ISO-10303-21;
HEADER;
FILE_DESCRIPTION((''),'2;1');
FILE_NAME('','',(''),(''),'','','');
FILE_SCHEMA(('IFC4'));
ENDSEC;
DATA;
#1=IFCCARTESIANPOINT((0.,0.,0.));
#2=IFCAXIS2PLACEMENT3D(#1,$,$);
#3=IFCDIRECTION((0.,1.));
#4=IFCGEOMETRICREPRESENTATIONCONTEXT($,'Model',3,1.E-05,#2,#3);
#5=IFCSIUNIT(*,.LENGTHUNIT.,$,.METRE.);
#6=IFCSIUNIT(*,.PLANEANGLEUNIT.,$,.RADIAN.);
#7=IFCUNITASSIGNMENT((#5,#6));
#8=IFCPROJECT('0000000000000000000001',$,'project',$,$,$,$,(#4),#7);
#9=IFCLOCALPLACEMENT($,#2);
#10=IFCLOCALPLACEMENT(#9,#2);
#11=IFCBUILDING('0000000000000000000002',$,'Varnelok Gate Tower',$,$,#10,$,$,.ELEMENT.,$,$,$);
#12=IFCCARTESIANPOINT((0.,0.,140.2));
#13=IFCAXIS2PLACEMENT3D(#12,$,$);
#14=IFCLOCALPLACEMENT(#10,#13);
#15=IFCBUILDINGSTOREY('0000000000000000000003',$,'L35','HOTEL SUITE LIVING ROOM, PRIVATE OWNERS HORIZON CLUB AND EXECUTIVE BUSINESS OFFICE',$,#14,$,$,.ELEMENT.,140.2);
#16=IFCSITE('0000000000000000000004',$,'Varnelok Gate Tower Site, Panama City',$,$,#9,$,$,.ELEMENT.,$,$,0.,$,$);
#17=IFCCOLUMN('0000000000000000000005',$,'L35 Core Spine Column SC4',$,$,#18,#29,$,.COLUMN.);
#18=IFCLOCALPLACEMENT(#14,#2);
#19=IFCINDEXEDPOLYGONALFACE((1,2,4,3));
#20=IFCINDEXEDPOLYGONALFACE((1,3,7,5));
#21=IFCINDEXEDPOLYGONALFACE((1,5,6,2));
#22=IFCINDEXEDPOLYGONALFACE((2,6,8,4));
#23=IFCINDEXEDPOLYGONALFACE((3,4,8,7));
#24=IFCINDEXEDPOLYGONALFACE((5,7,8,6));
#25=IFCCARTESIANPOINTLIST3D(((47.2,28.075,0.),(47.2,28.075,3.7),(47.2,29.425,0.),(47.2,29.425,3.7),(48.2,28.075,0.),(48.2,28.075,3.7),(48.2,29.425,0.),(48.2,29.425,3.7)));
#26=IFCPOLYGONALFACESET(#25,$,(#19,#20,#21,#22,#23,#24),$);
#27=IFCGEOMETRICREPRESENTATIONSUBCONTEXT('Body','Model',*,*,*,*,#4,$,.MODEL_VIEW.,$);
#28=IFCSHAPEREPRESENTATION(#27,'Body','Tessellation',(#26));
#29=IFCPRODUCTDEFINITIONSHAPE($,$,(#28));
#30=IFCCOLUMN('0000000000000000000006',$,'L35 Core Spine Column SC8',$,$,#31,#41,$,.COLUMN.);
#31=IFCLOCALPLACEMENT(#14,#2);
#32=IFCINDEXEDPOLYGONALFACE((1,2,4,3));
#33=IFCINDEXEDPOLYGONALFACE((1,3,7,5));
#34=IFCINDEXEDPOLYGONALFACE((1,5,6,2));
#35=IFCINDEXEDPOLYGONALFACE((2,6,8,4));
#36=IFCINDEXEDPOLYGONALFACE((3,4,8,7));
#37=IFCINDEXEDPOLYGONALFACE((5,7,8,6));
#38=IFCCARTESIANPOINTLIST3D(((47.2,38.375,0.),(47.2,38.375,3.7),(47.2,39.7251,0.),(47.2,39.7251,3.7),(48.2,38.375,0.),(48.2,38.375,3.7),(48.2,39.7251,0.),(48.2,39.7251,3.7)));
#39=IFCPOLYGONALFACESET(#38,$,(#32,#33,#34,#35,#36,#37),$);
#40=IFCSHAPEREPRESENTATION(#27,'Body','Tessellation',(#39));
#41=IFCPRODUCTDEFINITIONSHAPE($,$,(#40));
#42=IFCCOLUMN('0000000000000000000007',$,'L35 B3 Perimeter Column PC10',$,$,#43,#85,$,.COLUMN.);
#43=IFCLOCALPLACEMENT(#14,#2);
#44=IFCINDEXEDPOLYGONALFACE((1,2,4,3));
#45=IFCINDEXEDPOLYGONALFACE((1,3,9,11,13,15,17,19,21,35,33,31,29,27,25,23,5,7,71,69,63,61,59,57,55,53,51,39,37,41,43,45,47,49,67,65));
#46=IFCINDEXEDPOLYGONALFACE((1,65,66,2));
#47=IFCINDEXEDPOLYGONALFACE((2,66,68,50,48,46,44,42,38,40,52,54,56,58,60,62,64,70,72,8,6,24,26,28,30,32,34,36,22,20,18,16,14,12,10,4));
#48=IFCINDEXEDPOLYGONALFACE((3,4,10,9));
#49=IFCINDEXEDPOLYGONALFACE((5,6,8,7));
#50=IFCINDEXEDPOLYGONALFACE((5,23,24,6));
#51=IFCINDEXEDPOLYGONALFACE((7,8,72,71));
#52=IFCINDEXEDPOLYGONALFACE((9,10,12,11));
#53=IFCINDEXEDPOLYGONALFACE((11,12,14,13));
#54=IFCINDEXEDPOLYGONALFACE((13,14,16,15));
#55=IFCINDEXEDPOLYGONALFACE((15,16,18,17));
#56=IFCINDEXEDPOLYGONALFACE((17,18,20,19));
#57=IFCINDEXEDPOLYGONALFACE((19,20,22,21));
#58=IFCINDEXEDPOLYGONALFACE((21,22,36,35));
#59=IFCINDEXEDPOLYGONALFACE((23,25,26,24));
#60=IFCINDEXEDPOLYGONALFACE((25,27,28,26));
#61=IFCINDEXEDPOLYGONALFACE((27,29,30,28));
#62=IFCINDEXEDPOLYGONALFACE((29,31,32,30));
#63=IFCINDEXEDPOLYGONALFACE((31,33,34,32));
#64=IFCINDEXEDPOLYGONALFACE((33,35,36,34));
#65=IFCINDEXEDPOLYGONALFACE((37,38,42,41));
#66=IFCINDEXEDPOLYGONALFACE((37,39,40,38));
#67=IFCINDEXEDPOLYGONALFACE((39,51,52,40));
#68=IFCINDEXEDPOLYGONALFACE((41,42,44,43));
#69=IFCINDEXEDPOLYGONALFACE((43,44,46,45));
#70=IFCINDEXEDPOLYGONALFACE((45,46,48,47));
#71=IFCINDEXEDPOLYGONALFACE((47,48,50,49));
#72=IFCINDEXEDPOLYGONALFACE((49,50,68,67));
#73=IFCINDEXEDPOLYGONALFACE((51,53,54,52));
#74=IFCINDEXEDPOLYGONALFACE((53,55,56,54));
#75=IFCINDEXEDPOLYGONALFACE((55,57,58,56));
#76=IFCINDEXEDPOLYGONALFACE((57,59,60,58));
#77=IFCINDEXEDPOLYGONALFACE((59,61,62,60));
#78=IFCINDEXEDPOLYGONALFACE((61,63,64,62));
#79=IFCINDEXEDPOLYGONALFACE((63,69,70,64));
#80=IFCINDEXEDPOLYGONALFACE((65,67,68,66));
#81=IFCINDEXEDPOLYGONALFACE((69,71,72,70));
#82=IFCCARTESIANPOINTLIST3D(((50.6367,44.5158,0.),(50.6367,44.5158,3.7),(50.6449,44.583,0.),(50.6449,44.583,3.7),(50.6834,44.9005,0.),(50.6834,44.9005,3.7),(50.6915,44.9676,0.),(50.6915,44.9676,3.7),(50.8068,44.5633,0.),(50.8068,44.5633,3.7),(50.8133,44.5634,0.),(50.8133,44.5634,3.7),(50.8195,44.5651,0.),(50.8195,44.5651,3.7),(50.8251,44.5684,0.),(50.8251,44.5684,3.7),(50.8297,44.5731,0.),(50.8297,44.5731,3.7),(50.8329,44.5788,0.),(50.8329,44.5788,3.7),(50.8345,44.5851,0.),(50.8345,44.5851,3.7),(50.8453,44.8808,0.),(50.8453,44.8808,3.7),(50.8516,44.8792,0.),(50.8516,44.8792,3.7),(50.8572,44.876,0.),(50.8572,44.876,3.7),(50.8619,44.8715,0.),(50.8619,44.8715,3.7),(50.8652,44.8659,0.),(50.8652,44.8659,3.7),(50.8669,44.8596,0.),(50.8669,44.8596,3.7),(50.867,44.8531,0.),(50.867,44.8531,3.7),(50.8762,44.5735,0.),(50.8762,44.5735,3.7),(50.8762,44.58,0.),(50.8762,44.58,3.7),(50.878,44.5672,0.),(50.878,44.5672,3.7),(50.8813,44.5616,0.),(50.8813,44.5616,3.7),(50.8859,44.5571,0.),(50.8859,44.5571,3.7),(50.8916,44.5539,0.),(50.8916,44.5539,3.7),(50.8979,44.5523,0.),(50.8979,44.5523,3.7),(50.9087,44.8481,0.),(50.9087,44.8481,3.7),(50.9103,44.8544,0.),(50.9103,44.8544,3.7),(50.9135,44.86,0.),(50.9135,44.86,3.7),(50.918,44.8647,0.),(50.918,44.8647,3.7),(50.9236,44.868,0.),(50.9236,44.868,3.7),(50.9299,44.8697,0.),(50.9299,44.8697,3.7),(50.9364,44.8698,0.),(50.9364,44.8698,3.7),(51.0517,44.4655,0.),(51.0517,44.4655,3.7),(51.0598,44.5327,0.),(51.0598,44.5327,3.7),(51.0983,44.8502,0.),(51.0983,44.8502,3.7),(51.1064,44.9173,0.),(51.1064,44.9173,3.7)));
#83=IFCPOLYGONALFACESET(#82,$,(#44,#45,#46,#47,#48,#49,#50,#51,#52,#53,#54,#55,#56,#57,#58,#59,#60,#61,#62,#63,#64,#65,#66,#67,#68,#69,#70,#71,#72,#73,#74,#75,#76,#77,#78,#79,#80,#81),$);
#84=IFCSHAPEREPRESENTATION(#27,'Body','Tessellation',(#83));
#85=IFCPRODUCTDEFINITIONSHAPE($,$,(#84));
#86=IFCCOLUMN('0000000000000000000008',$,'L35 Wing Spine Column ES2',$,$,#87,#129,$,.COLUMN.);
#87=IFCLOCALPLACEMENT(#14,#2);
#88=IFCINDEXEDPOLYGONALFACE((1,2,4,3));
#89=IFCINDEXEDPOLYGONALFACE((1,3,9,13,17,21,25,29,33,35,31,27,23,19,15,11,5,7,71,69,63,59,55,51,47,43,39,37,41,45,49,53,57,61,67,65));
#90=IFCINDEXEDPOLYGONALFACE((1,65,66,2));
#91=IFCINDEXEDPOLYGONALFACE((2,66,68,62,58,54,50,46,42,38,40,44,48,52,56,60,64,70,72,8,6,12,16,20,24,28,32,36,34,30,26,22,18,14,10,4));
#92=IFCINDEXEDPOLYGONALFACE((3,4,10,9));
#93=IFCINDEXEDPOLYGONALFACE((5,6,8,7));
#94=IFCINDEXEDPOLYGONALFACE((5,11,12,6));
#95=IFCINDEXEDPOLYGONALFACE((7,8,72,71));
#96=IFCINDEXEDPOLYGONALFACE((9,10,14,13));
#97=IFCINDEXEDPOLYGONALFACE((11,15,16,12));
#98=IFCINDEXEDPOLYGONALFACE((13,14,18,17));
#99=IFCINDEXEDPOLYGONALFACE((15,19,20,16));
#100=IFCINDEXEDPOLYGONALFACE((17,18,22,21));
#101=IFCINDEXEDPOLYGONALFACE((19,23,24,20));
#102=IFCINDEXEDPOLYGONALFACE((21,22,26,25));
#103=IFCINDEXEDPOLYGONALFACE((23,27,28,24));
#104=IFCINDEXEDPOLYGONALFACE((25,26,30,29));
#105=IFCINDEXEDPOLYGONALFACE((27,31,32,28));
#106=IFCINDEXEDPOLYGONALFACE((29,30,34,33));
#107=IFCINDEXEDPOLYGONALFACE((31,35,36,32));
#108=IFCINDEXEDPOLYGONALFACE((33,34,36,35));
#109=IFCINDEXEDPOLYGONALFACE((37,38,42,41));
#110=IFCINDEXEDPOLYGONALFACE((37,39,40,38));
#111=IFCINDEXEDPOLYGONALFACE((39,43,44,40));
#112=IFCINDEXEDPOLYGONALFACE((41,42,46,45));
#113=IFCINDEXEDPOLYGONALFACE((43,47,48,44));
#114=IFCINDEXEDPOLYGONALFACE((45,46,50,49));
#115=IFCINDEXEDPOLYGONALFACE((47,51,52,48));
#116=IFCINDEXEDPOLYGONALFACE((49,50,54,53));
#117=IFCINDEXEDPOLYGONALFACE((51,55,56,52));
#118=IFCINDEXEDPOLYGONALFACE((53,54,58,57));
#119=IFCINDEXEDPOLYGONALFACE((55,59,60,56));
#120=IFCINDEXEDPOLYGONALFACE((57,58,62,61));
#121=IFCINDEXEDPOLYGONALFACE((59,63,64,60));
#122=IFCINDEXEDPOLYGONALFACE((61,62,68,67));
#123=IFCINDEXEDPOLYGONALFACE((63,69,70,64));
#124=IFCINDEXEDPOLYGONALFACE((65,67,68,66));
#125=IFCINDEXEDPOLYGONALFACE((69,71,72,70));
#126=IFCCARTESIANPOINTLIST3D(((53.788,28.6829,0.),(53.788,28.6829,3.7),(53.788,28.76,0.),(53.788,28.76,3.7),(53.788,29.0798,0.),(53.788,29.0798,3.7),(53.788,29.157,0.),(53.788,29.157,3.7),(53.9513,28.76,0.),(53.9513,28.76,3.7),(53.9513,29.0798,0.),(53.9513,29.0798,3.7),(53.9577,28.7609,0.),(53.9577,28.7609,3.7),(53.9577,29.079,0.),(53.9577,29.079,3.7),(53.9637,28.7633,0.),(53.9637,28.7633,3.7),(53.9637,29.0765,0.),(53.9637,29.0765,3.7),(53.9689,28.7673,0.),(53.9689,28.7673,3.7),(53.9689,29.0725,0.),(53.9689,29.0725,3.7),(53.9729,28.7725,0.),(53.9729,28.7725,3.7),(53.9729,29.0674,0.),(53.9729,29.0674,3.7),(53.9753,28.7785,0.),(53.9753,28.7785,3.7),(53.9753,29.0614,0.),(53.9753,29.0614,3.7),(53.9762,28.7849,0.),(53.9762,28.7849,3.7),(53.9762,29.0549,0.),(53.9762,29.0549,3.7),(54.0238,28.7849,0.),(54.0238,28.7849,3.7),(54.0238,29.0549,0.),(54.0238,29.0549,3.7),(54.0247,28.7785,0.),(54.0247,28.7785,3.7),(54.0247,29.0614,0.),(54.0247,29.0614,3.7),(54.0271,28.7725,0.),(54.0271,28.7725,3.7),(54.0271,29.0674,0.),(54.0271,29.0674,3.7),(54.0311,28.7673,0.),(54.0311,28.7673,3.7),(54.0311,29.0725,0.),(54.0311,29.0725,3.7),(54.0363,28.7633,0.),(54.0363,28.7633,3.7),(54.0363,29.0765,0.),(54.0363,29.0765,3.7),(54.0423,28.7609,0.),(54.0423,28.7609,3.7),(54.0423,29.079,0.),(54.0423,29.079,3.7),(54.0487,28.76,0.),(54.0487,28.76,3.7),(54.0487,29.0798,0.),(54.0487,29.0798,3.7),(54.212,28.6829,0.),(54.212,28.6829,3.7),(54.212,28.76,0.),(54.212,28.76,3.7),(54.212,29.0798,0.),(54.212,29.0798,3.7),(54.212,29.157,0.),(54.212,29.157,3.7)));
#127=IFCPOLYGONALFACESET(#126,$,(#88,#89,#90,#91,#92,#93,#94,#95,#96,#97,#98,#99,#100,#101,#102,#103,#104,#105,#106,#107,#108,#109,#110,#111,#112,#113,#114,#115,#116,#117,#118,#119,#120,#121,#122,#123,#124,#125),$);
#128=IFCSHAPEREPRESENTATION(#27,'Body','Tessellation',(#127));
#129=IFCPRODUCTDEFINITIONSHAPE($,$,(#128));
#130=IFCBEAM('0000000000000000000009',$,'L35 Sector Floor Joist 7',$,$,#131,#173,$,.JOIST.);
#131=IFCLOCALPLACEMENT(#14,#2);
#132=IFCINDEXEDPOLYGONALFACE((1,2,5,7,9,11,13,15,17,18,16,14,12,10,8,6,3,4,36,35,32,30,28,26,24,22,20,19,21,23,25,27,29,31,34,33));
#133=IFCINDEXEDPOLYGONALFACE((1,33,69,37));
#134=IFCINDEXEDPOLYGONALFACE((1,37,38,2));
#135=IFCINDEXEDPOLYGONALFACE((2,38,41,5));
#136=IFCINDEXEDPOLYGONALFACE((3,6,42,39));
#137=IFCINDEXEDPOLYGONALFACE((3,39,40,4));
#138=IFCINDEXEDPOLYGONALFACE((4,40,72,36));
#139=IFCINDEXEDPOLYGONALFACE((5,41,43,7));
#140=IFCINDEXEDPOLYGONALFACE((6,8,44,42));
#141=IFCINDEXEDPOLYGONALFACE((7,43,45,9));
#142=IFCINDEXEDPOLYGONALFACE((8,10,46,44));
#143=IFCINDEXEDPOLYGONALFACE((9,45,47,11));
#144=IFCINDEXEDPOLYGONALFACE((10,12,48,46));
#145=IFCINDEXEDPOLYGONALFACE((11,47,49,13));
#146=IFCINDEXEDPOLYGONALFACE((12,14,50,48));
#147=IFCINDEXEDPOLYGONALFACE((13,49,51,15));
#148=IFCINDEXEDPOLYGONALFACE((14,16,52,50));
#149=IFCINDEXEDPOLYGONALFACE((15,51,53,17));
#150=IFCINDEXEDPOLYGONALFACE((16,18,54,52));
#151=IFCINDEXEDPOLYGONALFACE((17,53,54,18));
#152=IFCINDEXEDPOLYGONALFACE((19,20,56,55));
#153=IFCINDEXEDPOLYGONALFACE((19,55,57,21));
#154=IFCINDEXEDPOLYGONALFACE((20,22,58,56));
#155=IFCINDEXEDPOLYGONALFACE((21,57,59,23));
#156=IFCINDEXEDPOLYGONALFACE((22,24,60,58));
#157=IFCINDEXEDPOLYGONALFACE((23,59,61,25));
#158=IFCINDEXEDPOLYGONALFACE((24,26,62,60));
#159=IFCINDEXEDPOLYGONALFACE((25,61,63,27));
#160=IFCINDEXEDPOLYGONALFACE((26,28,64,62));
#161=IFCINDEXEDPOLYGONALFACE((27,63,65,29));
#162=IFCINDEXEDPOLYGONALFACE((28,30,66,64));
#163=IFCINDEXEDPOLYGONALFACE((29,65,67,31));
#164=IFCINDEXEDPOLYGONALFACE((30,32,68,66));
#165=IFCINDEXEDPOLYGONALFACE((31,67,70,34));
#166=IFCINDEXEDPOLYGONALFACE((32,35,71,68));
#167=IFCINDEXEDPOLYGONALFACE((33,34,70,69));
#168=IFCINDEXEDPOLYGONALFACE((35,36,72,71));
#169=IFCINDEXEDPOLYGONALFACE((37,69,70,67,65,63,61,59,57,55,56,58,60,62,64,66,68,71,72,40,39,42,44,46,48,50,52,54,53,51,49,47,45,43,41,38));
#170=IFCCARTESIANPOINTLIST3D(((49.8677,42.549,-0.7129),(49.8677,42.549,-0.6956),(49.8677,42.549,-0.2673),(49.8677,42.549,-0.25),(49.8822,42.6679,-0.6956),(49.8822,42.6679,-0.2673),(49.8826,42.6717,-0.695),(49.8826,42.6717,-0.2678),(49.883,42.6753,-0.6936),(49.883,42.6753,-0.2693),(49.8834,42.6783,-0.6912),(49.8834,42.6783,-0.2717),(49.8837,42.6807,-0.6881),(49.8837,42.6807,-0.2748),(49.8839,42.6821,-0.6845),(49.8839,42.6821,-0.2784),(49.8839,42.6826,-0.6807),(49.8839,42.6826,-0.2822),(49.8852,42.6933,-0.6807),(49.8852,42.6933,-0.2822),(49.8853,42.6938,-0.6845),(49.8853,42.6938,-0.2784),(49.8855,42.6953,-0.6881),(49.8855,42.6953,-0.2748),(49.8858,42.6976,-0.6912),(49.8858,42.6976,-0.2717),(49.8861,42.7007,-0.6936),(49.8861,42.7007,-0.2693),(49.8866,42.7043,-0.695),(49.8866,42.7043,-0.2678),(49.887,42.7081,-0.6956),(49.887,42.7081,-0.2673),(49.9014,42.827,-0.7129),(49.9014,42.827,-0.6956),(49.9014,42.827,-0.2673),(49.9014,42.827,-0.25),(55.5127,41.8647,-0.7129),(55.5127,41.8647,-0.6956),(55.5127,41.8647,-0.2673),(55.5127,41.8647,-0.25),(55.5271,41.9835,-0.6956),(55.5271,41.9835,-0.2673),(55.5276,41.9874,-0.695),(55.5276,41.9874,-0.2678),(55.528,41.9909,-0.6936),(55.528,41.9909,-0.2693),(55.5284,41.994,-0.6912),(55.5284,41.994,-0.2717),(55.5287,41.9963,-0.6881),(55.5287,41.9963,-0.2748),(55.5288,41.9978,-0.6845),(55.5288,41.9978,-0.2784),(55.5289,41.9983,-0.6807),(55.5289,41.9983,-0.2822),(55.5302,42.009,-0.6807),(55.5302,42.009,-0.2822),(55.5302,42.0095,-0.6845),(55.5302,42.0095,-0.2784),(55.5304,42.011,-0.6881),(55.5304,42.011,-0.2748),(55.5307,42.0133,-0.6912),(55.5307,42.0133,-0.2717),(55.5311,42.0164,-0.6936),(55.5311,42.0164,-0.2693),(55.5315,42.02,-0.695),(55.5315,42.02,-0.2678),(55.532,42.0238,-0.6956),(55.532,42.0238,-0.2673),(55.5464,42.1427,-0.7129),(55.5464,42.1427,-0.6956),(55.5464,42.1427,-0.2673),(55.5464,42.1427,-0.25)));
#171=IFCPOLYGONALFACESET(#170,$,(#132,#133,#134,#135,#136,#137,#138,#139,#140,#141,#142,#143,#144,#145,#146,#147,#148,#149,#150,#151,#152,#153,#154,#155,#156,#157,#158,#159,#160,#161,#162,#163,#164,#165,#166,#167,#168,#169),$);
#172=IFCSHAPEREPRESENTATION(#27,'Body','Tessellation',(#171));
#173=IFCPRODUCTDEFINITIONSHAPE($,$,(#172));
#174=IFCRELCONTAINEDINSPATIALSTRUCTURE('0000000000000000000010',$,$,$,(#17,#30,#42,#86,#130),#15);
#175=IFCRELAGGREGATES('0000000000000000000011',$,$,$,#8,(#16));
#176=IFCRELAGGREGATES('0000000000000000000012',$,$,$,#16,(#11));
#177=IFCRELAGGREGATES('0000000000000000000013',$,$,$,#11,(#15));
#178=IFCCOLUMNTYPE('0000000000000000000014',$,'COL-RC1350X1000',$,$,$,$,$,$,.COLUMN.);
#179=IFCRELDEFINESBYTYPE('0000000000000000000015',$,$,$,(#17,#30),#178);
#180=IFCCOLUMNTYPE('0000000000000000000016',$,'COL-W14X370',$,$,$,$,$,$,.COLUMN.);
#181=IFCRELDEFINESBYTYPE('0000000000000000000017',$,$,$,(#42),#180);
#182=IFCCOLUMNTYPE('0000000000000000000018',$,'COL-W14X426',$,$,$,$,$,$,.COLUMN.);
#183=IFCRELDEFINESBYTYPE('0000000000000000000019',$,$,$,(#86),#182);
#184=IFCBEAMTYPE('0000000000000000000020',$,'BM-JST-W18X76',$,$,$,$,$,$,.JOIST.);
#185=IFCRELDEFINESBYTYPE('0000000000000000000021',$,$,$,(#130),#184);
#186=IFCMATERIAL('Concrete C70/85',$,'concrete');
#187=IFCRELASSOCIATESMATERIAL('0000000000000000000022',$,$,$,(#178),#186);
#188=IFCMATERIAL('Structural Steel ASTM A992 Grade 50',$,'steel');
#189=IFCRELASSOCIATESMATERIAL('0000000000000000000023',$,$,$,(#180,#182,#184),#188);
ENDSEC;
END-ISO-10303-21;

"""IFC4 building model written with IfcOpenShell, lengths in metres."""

from ifc_helpers import new_model, si_unit, direction, frame, origin, origin_2d, place, context, subcontext, project, spatial, rectangle, i_section, extrude, material, material_profile, profile_set, type_object, element, save


model = new_model("IFC4")

# Units and contexts
model_context = context("Model", 3, precision=1e-05, world=origin(), true_north=direction((0.0, 1.0)))
body_context = subcontext(model_context, "Body", "Model", "MODEL_VIEW")
ifc_project = project(units=[si_unit("LENGTHUNIT", "METRE"), si_unit("PLANEANGLEUNIT", "RADIAN")], contexts=[model_context])

# Site, building, storey
site_placement = place(None, origin())
site = spatial("IfcSite", under=ifc_project, at=site_placement, Name="Varnelok Gate Tower Site, Panama City", CompositionType="ELEMENT", RefElevation=0.0)
building_placement = place(site_placement, origin())
building = spatial("IfcBuilding", under=site, at=building_placement, Name="Varnelok Gate Tower", CompositionType="ELEMENT")
storey_placement = place(building_placement, frame((0.0, 0.0, 140.2)))
storey = spatial("IfcBuildingStorey", under=building, at=storey_placement, Name="L35", Description="HOTEL SUITE LIVING ROOM, PRIVATE OWNERS HORIZON CLUB AND EXECUTIVE BUSINESS OFFICE", CompositionType="ELEMENT", Elevation=140.2)

# Columns
ifc_material_1 = material(Name="Concrete C70/85", Category="concrete")
ifc_material_profile_1 = material_profile(ifc_material_1, rectangle(XDim=1.0, YDim=1.3501, at=origin_2d()), Name="RC1350X1000")
ifc_profile_set_1 = profile_set([ifc_material_profile_1], Name="Concrete C70/85")
column_type_1 = type_object("IfcColumnType", Name="COL-RC1350X1000", PredefinedType="COLUMN", material=ifc_profile_set_1)
for number, where, z_axis, x_axis, name in (
    (1, (47.7, 28.75, 0.0), (0.0, 0.0, 1.0), (1.0, 0.0, 0.0), "L35 Core Spine Column SC4"),
    (2, (47.7, 39.05, 0.0), (0.0, 0.0, 1.0), (1.0, 0.0, 0.0), "L35 Core Spine Column SC8"),
):
    element("IfcColumn", number, at=place(storey_placement, frame(where, z_axis=z_axis, x_axis=x_axis)), inside=storey, type_object=column_type_1, Name=name, PredefinedType="COLUMN", context=body_context, shape_type="SweptSolid", body=[
        extrude(rectangle(XDim=1.0, YDim=1.3501, at=origin_2d()), origin(), (0.0, 0.0, 1.0), 3.7),
    ])
ifc_material_2 = material(Name="Structural Steel ASTM A992 Grade 50", Category="steel")
ifc_material_profile_2 = material_profile(ifc_material_2, i_section(OverallWidth=0.418, OverallDepth=0.4551, WebThickness=0.042, FlangeThickness=0.0676, FilletRadius=0.0249, at=origin_2d()), Name="W14X370")
ifc_profile_set_2 = profile_set([ifc_material_profile_2], Name="Structural Steel ASTM A992 Grade 50")
column_type_2 = type_object("IfcColumnType", Name="COL-W14X370", PredefinedType="COLUMN", material=ifc_profile_set_2)
column_1_placement = place(storey_placement, frame((50.8716, 44.7166, 0.0), z_axis=(0.0, 0.0, 1.0), x_axis=(0.992732, -0.120345, 0.0)))
element("IfcColumn", 3, at=column_1_placement, inside=storey, type_object=column_type_2, Name="L35 B3 Perimeter Column PC10", PredefinedType="COLUMN", context=body_context, shape_type="SweptSolid", body=[
    extrude(i_section(OverallWidth=0.418, OverallDepth=0.4551, WebThickness=0.042, FlangeThickness=0.0676, FilletRadius=0.0249, at=origin_2d()), origin(), (0.0, 0.0, 1.0), 3.7),
])
ifc_material_profile_3 = material_profile(ifc_material_2, i_section(OverallWidth=0.4241, OverallDepth=0.4741, WebThickness=0.0476, FlangeThickness=0.0771, FilletRadius=0.0249, at=origin_2d()), Name="W14X426")
ifc_profile_set_3 = profile_set([ifc_material_profile_3], Name="Structural Steel ASTM A992 Grade 50")
column_type_3 = type_object("IfcColumnType", Name="COL-W14X426", PredefinedType="COLUMN", material=ifc_profile_set_3)
column_2_placement = place(storey_placement, frame((54.0, 28.9199, 0.0), z_axis=(0.0, 0.0, 1.0), x_axis=(1.0, 0.0, 0.0)))
element("IfcColumn", 4, at=column_2_placement, inside=storey, type_object=column_type_3, Name="L35 Wing Spine Column ES2", PredefinedType="COLUMN", context=body_context, shape_type="SweptSolid", body=[
    extrude(i_section(OverallWidth=0.4241, OverallDepth=0.4741, WebThickness=0.0476, FlangeThickness=0.0771, FilletRadius=0.0249, at=origin_2d()), origin(), (0.0, 0.0, 1.0), 3.7),
])

# Beam
ifc_material_profile_4 = material_profile(ifc_material_2, i_section(OverallWidth=0.28, OverallDepth=0.4629, WebThickness=0.0107, FlangeThickness=0.0173, FilletRadius=0.0149, at=origin_2d()), Name="W18X76")
ifc_profile_set_4 = profile_set([ifc_material_profile_4], Name="Structural Steel ASTM A992 Grade 50")
beam_type_1 = type_object("IfcBeamType", Name="BM-JST-W18X76", PredefinedType="JOIST", material=ifc_profile_set_4)
beam_1_placement = place(storey_placement, frame((55.5295, 42.0037, -0.4814), z_axis=(-0.992732, 0.120345, 0.0), x_axis=(-0.120345, -0.992732, 0.0)))
element("IfcBeam", 5, at=beam_1_placement, inside=storey, type_object=beam_type_1, Name="L35 Sector Floor Joist 7", PredefinedType="JOIST", context=body_context, shape_type="SweptSolid", body=[
    extrude(i_section(OverallWidth=0.28, OverallDepth=0.4629, WebThickness=0.0107, FlangeThickness=0.0173, FilletRadius=0.0149, at=origin_2d()), origin(), (0.0, 0.0, 1.0), 5.6863),
])

save(model, "model.ifc")
